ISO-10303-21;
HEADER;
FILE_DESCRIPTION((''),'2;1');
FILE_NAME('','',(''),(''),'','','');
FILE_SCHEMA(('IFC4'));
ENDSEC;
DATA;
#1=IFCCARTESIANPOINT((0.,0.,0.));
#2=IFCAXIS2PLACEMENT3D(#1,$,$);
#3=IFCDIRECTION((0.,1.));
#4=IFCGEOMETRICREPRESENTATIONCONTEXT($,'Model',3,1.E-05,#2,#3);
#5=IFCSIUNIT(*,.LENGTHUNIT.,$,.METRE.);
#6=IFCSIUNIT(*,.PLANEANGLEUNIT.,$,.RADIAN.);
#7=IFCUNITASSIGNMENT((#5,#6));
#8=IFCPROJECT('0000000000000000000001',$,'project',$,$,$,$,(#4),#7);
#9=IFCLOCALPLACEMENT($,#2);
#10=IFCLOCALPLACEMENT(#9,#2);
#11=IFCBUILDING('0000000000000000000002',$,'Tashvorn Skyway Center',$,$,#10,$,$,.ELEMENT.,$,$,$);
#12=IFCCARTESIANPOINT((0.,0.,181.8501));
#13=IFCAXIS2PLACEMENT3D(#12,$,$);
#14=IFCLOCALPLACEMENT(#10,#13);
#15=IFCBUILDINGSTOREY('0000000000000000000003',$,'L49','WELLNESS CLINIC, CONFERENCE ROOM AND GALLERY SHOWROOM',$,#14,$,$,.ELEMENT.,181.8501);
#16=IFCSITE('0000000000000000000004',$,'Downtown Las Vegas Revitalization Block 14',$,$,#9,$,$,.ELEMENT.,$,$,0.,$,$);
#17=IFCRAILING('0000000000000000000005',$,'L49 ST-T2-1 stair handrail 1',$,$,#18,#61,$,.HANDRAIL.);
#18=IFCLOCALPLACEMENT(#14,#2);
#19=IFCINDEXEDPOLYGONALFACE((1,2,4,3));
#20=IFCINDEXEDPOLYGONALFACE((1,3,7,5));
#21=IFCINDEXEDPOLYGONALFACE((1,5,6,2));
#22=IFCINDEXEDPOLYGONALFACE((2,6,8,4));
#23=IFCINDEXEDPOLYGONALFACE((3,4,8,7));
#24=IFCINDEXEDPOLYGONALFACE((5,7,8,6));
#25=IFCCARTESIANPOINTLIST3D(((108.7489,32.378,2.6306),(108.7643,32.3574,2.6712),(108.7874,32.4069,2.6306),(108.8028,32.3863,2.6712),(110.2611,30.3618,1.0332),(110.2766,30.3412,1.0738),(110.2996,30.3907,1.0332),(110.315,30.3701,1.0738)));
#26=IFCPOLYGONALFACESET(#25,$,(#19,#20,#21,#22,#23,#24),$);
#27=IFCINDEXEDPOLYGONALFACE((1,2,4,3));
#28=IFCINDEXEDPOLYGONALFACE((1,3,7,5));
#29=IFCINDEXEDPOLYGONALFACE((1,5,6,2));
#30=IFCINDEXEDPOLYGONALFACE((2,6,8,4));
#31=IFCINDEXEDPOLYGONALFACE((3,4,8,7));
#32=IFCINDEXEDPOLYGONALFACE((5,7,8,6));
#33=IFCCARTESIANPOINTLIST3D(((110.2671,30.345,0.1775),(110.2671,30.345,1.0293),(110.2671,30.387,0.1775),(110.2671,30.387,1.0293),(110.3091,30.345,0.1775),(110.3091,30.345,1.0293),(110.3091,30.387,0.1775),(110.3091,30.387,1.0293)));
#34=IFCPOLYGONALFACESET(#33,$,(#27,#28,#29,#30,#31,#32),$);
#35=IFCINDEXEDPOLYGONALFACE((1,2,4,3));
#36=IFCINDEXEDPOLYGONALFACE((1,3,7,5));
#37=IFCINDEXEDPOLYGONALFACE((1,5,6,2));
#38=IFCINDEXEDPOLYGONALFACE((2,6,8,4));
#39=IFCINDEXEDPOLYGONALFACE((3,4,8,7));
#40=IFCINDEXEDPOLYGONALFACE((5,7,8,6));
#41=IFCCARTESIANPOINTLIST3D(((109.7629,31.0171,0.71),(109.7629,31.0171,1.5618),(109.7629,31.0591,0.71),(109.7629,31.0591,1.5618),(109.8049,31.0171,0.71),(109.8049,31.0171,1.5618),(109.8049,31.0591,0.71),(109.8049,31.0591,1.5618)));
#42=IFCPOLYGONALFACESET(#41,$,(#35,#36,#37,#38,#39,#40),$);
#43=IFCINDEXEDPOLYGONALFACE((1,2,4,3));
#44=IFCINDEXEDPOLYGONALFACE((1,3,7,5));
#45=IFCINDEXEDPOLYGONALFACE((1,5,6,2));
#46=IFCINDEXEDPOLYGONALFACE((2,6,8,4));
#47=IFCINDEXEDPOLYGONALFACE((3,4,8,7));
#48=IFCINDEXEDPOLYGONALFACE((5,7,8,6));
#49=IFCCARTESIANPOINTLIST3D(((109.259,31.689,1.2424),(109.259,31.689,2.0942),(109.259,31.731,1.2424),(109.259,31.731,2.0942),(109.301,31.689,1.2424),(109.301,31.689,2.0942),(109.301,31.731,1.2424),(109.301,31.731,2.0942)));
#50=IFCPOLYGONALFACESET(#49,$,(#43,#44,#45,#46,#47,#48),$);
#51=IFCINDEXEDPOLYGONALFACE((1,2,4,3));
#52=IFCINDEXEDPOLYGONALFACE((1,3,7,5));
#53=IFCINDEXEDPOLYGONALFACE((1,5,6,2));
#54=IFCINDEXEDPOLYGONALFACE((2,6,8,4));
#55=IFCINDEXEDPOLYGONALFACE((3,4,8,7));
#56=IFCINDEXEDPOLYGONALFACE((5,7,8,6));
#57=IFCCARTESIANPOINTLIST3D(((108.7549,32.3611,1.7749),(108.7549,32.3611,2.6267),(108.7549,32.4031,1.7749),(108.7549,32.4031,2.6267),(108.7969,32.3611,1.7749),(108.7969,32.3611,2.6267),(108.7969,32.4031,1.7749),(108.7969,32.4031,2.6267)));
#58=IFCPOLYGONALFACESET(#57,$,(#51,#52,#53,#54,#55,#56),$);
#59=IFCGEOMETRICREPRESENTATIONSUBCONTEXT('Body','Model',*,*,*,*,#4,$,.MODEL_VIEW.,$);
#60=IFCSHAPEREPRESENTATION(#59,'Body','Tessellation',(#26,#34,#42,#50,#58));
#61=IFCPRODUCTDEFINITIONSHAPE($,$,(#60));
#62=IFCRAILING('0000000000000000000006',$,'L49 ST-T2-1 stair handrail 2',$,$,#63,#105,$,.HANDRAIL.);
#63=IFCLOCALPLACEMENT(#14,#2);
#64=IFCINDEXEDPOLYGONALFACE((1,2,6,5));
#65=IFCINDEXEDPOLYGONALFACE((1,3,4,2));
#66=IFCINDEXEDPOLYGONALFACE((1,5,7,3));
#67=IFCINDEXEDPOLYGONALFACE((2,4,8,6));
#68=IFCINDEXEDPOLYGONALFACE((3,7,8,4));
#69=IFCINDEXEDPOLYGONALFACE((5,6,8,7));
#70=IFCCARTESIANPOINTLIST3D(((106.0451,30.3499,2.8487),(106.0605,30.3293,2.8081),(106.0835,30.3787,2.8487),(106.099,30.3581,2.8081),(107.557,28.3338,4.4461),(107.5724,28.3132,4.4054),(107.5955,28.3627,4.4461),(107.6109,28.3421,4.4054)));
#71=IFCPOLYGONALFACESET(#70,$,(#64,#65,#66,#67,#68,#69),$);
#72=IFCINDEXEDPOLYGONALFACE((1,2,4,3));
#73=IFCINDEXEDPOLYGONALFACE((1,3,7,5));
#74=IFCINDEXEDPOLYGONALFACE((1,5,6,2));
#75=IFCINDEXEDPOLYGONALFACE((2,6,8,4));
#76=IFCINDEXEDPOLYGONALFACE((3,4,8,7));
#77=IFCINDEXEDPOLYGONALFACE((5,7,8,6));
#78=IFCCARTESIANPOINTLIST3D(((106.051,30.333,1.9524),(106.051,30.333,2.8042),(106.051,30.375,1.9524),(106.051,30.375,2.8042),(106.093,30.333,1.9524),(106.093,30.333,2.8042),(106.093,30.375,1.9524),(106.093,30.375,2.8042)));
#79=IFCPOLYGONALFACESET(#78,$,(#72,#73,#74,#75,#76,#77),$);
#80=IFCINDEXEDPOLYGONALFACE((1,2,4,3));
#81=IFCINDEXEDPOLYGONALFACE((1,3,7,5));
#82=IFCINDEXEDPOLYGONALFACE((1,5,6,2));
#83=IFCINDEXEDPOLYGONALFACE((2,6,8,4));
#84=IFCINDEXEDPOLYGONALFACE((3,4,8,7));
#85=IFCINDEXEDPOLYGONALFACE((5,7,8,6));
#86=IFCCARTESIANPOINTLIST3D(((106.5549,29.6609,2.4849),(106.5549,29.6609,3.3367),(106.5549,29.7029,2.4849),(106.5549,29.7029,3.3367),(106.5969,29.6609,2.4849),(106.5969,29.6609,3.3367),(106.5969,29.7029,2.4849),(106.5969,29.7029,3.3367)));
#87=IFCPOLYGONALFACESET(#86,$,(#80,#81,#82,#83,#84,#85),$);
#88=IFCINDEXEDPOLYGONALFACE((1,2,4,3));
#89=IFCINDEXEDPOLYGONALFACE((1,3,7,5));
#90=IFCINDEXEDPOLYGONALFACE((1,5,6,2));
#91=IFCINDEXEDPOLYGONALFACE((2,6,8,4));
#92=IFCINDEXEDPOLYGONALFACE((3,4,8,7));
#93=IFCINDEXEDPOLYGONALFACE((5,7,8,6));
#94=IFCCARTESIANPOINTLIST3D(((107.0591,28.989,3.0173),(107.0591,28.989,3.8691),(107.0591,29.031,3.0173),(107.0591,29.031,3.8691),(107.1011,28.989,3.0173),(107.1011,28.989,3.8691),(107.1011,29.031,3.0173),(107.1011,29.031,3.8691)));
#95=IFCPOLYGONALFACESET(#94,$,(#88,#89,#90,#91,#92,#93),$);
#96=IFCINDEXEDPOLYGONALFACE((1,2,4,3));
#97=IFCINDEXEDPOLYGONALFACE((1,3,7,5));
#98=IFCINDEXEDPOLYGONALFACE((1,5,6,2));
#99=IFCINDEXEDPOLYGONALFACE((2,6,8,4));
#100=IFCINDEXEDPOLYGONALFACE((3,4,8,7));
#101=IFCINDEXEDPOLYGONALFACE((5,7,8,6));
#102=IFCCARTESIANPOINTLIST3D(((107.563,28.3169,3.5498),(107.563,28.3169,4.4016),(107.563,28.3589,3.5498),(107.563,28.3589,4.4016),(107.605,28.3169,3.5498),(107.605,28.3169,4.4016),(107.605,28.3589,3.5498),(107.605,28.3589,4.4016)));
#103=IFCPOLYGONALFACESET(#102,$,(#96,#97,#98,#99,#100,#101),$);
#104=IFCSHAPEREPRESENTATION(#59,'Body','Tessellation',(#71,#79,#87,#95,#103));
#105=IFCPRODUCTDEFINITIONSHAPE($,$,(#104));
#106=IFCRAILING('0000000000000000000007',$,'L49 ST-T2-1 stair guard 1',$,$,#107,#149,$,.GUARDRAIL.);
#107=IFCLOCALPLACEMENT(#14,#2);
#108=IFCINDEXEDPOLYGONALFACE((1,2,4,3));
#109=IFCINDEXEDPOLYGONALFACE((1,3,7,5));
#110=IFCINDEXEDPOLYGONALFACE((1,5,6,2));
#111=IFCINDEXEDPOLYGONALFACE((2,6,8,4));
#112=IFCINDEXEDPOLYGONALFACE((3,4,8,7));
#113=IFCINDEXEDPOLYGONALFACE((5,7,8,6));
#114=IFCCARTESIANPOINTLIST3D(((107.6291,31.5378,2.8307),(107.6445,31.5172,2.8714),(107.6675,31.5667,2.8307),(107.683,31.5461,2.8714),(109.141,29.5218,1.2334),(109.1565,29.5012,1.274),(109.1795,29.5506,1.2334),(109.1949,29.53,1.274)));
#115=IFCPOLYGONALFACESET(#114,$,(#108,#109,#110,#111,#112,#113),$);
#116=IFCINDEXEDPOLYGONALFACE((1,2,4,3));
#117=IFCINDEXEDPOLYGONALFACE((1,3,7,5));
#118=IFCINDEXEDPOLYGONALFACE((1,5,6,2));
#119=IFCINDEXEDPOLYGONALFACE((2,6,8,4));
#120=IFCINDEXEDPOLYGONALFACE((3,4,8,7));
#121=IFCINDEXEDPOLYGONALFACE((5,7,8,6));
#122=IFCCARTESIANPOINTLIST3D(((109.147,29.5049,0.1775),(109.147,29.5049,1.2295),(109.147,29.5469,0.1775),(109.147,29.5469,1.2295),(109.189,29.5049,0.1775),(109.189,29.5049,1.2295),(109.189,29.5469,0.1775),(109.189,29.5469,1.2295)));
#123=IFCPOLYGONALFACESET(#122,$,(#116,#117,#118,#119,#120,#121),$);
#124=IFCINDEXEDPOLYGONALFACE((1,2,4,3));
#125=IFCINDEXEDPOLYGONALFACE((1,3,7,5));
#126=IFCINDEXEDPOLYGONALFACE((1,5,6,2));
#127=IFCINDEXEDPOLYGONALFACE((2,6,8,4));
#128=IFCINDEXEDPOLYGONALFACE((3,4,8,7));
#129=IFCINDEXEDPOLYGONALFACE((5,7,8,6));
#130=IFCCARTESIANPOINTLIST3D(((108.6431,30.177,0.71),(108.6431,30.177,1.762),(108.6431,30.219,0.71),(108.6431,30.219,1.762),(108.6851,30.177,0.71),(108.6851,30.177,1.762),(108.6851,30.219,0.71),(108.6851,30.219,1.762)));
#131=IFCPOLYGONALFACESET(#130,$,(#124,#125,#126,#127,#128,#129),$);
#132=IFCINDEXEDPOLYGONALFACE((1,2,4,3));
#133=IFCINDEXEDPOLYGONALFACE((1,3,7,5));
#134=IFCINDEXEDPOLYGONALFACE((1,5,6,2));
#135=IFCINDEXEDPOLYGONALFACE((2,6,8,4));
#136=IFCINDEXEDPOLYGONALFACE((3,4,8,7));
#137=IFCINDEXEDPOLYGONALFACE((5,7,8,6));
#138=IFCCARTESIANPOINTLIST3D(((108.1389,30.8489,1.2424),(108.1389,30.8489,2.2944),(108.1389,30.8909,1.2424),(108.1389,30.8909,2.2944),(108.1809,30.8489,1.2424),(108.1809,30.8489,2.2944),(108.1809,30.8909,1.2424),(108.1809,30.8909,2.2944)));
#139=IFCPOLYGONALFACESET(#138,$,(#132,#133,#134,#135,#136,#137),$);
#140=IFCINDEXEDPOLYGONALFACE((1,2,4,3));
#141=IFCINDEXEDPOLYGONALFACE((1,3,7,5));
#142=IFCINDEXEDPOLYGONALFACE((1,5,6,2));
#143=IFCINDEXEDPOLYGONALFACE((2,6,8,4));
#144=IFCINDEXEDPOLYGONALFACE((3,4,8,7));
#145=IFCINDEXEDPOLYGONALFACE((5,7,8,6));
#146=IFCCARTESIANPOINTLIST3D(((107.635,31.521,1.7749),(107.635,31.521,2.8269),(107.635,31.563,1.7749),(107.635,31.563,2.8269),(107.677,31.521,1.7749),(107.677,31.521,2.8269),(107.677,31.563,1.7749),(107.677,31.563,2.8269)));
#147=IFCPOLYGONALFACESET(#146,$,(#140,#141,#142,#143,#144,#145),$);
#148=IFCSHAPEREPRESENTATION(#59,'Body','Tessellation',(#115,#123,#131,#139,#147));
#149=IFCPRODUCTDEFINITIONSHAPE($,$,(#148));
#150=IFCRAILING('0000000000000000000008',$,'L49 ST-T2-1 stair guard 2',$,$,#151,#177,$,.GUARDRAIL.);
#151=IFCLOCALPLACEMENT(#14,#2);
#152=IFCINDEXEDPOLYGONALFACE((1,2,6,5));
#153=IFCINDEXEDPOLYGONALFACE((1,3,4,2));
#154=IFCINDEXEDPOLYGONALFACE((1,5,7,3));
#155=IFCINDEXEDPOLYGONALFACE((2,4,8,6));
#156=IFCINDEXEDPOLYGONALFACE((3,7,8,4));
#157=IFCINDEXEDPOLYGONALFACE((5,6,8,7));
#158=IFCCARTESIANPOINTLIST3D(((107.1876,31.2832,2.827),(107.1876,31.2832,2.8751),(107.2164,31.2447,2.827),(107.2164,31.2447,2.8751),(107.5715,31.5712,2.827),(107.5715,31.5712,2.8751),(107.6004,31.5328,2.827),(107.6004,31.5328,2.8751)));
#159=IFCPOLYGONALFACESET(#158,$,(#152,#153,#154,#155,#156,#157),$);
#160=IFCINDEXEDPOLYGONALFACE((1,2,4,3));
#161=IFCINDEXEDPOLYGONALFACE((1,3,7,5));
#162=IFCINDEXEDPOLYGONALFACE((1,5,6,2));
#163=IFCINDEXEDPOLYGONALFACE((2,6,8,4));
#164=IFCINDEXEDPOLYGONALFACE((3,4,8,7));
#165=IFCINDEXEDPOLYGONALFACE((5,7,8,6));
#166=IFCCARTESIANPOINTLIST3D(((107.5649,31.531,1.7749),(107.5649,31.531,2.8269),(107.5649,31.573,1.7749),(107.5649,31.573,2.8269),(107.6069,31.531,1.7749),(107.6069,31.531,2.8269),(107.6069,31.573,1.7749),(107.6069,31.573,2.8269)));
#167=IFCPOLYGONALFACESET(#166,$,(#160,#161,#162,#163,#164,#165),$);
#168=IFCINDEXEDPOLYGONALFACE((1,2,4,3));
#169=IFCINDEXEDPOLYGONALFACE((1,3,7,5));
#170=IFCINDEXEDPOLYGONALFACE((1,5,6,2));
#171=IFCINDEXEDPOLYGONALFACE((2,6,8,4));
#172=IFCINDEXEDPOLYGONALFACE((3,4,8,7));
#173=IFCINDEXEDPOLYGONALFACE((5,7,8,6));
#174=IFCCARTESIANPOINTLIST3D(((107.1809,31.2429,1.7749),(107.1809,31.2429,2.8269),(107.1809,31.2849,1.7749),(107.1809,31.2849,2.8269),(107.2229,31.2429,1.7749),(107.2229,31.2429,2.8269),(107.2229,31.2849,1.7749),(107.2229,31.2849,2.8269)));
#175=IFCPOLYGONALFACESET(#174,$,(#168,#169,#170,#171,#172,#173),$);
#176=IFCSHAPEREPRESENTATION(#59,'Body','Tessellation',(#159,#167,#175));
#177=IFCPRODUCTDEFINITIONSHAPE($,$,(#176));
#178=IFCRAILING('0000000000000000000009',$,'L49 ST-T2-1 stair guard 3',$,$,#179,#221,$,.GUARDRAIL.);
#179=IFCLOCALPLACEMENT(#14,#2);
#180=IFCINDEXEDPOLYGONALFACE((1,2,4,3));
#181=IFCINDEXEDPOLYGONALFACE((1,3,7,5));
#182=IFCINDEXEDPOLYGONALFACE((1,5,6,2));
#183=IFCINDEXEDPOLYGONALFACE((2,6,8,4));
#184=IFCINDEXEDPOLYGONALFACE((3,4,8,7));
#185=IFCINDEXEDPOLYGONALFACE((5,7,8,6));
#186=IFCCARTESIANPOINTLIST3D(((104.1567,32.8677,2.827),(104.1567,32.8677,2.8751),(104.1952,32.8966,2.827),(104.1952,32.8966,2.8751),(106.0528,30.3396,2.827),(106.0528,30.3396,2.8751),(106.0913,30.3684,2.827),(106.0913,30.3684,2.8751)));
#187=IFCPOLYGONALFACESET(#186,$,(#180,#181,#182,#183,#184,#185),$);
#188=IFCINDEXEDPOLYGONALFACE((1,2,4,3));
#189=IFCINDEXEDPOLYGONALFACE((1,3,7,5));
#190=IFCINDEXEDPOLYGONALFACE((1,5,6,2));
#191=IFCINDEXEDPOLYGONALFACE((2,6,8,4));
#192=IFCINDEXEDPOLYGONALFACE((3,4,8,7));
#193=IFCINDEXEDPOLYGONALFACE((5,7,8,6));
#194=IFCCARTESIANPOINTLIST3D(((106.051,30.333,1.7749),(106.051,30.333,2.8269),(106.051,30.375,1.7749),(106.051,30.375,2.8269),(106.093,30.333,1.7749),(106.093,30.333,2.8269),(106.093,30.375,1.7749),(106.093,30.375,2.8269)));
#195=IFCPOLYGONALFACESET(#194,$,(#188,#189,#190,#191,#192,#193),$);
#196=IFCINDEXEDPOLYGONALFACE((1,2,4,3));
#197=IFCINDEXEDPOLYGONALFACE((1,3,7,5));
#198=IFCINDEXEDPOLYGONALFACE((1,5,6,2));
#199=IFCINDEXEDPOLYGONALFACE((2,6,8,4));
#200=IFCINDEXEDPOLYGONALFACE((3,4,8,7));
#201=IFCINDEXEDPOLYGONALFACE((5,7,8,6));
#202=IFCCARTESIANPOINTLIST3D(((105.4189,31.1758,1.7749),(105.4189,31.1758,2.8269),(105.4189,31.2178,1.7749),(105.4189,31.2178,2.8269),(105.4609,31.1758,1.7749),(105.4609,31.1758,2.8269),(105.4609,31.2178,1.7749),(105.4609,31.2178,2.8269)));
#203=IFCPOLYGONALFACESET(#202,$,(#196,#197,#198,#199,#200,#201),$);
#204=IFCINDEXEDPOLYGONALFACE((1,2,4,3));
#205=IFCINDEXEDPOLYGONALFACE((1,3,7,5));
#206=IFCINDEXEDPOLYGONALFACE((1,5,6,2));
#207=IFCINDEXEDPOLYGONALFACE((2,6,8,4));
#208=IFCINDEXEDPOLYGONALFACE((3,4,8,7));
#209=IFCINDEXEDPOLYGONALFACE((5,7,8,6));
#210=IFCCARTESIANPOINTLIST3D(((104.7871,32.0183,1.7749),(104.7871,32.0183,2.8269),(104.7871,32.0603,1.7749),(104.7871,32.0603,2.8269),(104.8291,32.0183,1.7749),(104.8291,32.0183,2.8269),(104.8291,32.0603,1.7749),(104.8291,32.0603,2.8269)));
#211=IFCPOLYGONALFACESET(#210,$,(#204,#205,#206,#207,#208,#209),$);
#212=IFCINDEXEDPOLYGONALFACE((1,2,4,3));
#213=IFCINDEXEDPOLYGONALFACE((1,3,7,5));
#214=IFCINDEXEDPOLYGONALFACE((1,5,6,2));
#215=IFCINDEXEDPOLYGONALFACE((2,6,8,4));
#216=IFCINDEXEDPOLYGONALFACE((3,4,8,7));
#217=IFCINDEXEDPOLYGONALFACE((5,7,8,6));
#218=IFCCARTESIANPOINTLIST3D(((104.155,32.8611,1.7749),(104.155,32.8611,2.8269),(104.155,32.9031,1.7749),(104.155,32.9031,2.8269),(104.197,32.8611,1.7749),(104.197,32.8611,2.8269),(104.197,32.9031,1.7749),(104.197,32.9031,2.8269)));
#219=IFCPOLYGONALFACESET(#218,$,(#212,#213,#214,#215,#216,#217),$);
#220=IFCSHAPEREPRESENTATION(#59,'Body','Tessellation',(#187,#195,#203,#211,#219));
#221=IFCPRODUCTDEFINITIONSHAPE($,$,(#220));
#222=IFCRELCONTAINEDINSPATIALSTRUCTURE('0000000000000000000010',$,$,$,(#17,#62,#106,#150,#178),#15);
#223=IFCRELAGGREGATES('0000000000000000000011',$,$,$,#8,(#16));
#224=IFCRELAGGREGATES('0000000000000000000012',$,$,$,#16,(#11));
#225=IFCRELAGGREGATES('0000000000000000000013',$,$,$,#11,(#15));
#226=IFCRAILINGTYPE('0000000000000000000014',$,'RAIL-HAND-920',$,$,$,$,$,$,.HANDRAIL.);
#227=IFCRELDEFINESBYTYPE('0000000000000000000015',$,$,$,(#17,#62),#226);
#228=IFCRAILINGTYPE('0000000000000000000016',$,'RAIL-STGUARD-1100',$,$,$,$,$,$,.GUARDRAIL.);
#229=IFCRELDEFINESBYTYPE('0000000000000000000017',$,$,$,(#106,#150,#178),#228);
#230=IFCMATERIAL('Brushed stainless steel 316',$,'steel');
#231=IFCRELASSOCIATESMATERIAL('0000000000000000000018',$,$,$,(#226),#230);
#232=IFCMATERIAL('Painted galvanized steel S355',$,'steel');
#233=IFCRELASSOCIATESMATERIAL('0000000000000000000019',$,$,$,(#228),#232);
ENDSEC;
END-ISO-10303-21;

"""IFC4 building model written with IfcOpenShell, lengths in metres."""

from ifc_helpers import new_model, si_unit, direction, frame, origin, origin_2d, place, context, subcontext, project, spatial, rectangle, extrude, material, type_object, element, save


model = new_model("IFC4")

# Units and contexts
model_context = context("Model", 3, precision=1e-05, world=origin(), true_north=direction((0.0, 1.0)))
body_context = subcontext(model_context, "Body", "Model", "MODEL_VIEW")
ifc_project = project(units=[si_unit("LENGTHUNIT", "METRE"), si_unit("PLANEANGLEUNIT", "RADIAN")], contexts=[model_context])

# Site, building, storey
site_placement = place(None, origin())
site = spatial("IfcSite", under=ifc_project, at=site_placement, Name="Downtown Las Vegas Revitalization Block 14", CompositionType="ELEMENT", RefElevation=0.0)
building_placement = place(site_placement, origin())
building = spatial("IfcBuilding", under=site, at=building_placement, Name="Tashvorn Skyway Center", CompositionType="ELEMENT")
storey_placement = place(building_placement, frame((0.0, 0.0, 181.8501)))
storey = spatial("IfcBuildingStorey", under=building, at=storey_placement, Name="L49", Description="WELLNESS CLINIC, CONFERENCE ROOM AND GALLERY SHOWROOM", CompositionType="ELEMENT", Elevation=181.8501)

# Railings
ifc_material_1 = material(Name="Brushed stainless steel 316", Category="steel")
railing_type_1 = type_object("IfcRailingType", Name="RAIL-HAND-920", PredefinedType="HANDRAIL", material=ifc_material_1)
railing_1_placement = place(storey_placement, frame((110.2881, 30.366, 0.1775)))
element("IfcRailing", 1, at=railing_1_placement, inside=storey, type_object=railing_type_1, Name="L49 ST-T2-1 stair handrail 1", PredefinedType="HANDRAIL", context=body_context, shape_type="SweptSolid", body=[
    extrude(rectangle(XDim=0.0481, YDim=0.0481, at=origin_2d()), frame((0.0, 0.0, 0.876), z_axis=(-0.506802, 0.675681, 0.535357), x_axis=(-0.799977, -0.600031, 0.0)), (0.0, 0.0, 1.0), 2.9839),
    extrude(rectangle(XDim=0.042, YDim=0.042, at=origin_2d()), origin(), (0.0, 0.0, 1.0), 0.8518),
    extrude(rectangle(XDim=0.042, YDim=0.042, at=origin_2d()), frame((-0.5042, 0.6721, 0.5325)), (0.0, 0.0, 1.0), 0.8518),
    extrude(rectangle(XDim=0.042, YDim=0.042, at=origin_2d()), frame((-1.0081, 1.344, 1.0649)), (0.0, 0.0, 1.0), 0.8518),
    extrude(rectangle(XDim=0.042, YDim=0.042, at=origin_2d()), frame((-1.5122, 2.0161, 1.5974)), (0.0, 0.0, 1.0), 0.8518),
])
railing_2_placement = place(storey_placement, frame((106.072, 30.354, 1.9524)))
element("IfcRailing", 2, at=railing_2_placement, inside=storey, type_object=railing_type_1, Name="L49 ST-T2-1 stair handrail 2", PredefinedType="HANDRAIL", context=body_context, shape_type="SweptSolid", body=[
    extrude(rectangle(XDim=0.0481, YDim=0.0481, at=origin_2d()), frame((0.0, 0.0, 0.876), z_axis=(0.506741, -0.675709, 0.535379), x_axis=(0.800023, 0.599969, 0.0)), (0.0, 0.0, 1.0), 2.9836),
    extrude(rectangle(XDim=0.042, YDim=0.042, at=origin_2d()), origin(), (0.0, 0.0, 1.0), 0.8518),
    extrude(rectangle(XDim=0.042, YDim=0.042, at=origin_2d()), frame((0.5039, -0.6721, 0.5325)), (0.0, 0.0, 1.0), 0.8518),
    extrude(rectangle(XDim=0.042, YDim=0.042, at=origin_2d()), frame((1.0081, -1.344, 1.0649)), (0.0, 0.0, 1.0), 0.8518),
    extrude(rectangle(XDim=0.042, YDim=0.042, at=origin_2d()), frame((1.512, -2.0161, 1.5974)), (0.0, 0.0, 1.0), 0.8518),
])
ifc_material_2 = material(Name="Painted galvanized steel S355", Category="steel")
railing_type_2 = type_object("IfcRailingType", Name="RAIL-STGUARD-1100", PredefinedType="GUARDRAIL", material=ifc_material_2)
railing_3_placement = place(storey_placement, frame((109.168, 29.5259, 0.1775)))
element("IfcRailing", 3, at=railing_3_placement, inside=storey, type_object=railing_type_2, Name="L49 ST-T2-1 stair guard 1", PredefinedType="GUARDRAIL", context=body_context, shape_type="SweptSolid", body=[
    extrude(rectangle(XDim=0.0481, YDim=0.0481, at=origin_2d()), frame((0.0, 0.0, 1.0762), z_axis=(-0.506741, 0.675709, 0.535379), x_axis=(-0.800023, -0.599969, 0.0)), (0.0, 0.0, 1.0), 2.9836),
    extrude(rectangle(XDim=0.042, YDim=0.042, at=origin_2d()), origin(), (0.0, 0.0, 1.0), 1.052),
    extrude(rectangle(XDim=0.042, YDim=0.042, at=origin_2d()), frame((-0.5039, 0.6721, 0.5325)), (0.0, 0.0, 1.0), 1.052),
    extrude(rectangle(XDim=0.042, YDim=0.042, at=origin_2d()), frame((-1.0081, 1.344, 1.0649)), (0.0, 0.0, 1.0), 1.052),
    extrude(rectangle(XDim=0.042, YDim=0.042, at=origin_2d()), frame((-1.512, 2.0161, 1.5974)), (0.0, 0.0, 1.0), 1.052),
])
railing_4_placement = place(storey_placement, frame((107.5859, 31.552, 1.7749)))
element("IfcRailing", 4, at=railing_4_placement, inside=storey, type_object=railing_type_2, Name="L49 ST-T2-1 stair guard 2", PredefinedType="GUARDRAIL", context=body_context, shape_type="SweptSolid", body=[
    extrude(rectangle(XDim=0.0481, YDim=0.0481, at=origin_2d()), frame((0.0, 0.0, 1.0762), z_axis=(-0.799939, -0.600081, 0.0), x_axis=(0.600081, -0.799939, 0.0)), (0.0, 0.0, 1.0), 0.48),
    extrude(rectangle(XDim=0.042, YDim=0.042, at=origin_2d()), origin(), (0.0, 0.0, 1.0), 1.052),
    extrude(rectangle(XDim=0.042, YDim=0.042, at=origin_2d()), frame((-0.384, -0.2881, 0.0)), (0.0, 0.0, 1.0), 1.052),
])
railing_5_placement = place(storey_placement, frame((106.072, 30.354, 1.7749)))
element("IfcRailing", 5, at=railing_5_placement, inside=storey, type_object=railing_type_2, Name="L49 ST-T2-1 stair guard 3", PredefinedType="GUARDRAIL", context=body_context, shape_type="SweptSolid", body=[
    extrude(rectangle(XDim=0.0481, YDim=0.0481, at=origin_2d()), frame((0.0, 0.0, 1.0762), z_axis=(-0.599988, 0.800009, 0.0), x_axis=(-0.800009, -0.599988, 0.0)), (0.0, 0.0, 1.0), 3.1602),
    extrude(rectangle(XDim=0.042, YDim=0.042, at=origin_2d()), origin(), (0.0, 0.0, 1.0), 1.052),
    extrude(rectangle(XDim=0.042, YDim=0.042, at=origin_2d()), frame((-0.6321, 0.8428, 0.0)), (0.0, 0.0, 1.0), 1.052),
    extrude(rectangle(XDim=0.042, YDim=0.042, at=origin_2d()), frame((-1.2639, 1.6853, 0.0)), (0.0, 0.0, 1.0), 1.052),
    extrude(rectangle(XDim=0.042, YDim=0.042, at=origin_2d()), frame((-1.896, 2.5281, 0.0)), (0.0, 0.0, 1.0), 1.052),
])

save(model, "model.ifc")
